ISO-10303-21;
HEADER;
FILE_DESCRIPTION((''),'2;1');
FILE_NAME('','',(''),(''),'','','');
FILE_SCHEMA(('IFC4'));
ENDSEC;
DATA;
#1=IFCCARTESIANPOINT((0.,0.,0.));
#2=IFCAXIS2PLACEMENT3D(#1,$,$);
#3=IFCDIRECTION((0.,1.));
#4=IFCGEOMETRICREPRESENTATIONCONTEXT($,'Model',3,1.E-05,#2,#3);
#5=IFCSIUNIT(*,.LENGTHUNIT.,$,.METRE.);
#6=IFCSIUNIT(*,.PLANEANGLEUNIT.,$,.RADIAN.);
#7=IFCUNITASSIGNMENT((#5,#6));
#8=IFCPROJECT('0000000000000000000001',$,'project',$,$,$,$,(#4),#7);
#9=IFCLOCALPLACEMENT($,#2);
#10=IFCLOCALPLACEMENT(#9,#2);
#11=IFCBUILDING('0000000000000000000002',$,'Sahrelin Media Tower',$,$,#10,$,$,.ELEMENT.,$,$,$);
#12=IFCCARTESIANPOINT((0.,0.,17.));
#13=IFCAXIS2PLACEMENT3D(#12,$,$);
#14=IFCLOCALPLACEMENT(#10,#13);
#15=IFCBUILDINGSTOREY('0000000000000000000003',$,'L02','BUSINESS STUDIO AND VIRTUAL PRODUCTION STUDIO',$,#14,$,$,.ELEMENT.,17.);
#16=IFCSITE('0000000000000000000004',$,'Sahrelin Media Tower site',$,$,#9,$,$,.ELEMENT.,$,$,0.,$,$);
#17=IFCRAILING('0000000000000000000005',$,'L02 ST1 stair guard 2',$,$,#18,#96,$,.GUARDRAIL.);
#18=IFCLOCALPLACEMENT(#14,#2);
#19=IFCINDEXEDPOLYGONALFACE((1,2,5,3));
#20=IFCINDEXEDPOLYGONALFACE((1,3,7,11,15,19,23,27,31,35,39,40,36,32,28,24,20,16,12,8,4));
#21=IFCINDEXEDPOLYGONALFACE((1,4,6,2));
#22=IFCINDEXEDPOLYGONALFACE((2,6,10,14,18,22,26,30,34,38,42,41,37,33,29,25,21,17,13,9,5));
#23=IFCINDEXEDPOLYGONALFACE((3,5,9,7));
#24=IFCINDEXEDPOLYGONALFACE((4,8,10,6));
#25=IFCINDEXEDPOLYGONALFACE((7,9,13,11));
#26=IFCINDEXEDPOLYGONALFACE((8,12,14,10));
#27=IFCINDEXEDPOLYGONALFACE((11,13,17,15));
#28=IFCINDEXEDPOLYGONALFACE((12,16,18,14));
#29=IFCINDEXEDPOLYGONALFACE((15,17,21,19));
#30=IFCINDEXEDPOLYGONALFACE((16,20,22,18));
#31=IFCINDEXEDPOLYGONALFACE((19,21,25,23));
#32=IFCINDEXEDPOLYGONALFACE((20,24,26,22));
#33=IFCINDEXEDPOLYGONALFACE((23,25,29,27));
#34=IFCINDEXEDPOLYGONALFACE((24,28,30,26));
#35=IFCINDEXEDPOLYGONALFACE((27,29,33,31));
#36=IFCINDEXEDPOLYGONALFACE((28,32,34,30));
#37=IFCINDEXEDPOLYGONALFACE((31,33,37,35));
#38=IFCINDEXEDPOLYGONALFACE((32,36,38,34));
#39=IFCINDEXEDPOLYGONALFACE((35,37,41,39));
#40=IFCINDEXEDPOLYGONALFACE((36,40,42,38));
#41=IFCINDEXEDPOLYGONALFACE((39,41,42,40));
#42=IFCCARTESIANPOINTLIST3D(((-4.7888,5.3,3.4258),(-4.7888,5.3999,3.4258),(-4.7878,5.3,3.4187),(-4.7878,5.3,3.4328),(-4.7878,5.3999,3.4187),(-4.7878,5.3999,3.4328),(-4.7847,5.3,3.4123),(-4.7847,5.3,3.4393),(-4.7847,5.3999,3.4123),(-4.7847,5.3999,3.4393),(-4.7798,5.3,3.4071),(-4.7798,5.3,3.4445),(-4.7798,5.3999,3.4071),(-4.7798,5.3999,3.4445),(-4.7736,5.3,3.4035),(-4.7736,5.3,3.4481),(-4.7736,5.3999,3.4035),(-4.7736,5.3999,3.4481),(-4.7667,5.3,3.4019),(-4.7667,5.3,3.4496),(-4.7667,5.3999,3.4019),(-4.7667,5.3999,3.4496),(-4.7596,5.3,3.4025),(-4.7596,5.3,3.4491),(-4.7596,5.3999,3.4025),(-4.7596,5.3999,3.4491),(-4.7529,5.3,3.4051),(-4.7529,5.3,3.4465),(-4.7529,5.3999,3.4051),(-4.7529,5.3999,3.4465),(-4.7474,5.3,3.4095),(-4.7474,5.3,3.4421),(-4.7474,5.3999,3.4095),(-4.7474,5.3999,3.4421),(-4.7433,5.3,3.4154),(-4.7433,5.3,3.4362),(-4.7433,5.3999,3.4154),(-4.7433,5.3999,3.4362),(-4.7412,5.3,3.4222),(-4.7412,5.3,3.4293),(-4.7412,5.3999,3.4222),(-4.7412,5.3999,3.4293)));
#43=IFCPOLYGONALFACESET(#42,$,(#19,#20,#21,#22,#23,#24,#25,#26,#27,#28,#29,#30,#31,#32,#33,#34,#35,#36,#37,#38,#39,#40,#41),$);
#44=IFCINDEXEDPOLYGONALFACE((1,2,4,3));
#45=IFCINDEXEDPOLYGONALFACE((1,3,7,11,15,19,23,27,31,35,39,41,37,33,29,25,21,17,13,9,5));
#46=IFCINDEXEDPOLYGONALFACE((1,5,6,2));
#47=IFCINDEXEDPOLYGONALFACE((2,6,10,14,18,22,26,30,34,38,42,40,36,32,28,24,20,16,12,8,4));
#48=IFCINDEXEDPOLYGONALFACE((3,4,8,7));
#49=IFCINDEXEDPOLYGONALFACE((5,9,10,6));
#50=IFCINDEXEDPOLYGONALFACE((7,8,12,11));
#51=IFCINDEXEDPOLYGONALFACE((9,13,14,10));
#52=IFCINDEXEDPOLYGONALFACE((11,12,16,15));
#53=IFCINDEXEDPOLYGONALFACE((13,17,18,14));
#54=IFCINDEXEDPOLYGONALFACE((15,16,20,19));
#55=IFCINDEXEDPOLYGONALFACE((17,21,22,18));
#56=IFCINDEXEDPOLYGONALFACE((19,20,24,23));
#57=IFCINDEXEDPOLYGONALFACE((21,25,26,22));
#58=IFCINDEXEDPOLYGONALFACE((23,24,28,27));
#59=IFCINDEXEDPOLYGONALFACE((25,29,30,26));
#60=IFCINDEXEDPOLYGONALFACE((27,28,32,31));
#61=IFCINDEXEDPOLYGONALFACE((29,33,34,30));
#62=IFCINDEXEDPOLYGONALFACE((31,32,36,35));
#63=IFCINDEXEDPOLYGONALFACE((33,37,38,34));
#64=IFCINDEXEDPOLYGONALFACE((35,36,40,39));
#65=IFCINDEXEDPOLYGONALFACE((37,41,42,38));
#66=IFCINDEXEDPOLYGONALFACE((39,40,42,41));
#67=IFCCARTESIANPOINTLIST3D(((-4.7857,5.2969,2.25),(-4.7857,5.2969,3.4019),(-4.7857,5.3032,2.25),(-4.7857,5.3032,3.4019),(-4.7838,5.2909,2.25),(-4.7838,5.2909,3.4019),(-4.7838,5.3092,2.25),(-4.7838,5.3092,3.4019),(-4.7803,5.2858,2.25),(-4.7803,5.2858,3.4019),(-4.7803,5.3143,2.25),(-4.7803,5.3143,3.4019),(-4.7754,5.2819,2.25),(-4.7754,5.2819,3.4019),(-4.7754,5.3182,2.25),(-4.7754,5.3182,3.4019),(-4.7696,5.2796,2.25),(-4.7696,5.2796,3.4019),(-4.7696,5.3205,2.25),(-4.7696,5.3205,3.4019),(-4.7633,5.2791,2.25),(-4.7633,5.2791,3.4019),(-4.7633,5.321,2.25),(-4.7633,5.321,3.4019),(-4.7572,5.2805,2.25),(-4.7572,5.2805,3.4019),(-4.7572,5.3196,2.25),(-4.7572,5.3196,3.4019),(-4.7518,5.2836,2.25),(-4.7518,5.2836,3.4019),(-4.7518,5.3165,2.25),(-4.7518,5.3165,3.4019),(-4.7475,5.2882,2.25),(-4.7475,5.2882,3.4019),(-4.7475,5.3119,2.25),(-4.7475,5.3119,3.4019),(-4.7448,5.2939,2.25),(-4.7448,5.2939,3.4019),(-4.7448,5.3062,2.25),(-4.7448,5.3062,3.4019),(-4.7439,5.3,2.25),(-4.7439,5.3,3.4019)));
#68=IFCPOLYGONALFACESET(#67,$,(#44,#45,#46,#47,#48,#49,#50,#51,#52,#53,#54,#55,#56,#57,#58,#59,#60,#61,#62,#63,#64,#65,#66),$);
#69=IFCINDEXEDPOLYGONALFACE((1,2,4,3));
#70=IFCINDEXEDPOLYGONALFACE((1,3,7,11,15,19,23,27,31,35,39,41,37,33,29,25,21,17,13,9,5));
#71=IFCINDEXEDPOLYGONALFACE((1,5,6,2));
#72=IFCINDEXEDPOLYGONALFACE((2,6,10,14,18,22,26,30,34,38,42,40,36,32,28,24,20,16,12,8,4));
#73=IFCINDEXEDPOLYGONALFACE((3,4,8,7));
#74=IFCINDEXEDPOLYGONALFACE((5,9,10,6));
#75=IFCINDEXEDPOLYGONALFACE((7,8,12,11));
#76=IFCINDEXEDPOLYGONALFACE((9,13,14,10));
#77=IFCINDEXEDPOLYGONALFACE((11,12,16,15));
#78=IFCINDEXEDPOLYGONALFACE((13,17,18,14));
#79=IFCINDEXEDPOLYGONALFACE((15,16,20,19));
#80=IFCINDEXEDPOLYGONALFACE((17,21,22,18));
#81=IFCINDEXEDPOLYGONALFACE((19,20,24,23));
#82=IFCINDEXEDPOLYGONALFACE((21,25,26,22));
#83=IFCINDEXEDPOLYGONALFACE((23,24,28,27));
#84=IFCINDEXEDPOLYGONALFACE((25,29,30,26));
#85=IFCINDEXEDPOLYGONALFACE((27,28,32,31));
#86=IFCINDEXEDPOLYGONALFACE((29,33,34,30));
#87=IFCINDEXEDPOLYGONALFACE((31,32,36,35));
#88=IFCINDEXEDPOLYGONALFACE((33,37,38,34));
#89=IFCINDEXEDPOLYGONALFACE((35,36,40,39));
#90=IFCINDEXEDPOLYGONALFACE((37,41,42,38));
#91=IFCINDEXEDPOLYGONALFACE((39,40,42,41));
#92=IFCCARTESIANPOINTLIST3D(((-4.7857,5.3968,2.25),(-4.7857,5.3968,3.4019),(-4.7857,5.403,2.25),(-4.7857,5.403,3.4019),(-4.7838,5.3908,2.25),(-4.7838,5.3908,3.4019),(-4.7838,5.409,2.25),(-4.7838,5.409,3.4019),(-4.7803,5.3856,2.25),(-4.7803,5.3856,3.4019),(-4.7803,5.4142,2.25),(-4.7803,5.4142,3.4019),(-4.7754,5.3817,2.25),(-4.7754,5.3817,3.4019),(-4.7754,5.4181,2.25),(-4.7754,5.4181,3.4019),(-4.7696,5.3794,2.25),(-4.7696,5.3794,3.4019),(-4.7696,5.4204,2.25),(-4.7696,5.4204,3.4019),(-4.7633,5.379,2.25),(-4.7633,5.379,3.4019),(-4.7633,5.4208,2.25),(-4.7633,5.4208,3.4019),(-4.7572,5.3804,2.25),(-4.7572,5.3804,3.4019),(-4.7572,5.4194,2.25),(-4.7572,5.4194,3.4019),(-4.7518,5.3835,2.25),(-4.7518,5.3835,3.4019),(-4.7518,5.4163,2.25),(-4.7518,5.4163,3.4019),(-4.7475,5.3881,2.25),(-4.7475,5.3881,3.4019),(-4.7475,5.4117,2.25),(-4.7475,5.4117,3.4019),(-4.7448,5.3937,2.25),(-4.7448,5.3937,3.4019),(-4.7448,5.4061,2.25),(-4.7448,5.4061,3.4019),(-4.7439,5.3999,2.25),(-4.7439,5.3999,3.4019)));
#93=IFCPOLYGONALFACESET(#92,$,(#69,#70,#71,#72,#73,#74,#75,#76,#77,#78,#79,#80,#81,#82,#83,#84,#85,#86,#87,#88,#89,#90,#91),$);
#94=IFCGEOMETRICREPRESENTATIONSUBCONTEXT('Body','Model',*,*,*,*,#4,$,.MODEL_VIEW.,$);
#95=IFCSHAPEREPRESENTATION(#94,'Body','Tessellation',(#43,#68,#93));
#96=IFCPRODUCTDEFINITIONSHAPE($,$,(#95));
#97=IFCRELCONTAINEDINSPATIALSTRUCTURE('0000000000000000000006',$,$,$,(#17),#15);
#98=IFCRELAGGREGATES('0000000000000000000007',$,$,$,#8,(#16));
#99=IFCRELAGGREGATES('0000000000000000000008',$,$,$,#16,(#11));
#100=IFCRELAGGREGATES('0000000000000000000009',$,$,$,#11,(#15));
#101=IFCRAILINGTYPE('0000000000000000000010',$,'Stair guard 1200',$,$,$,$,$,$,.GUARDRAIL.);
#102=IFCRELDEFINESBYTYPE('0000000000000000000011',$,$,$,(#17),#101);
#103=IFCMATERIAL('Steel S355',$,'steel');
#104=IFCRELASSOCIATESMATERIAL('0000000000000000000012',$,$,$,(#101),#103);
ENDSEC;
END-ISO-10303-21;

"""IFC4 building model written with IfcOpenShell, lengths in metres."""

from ifc_helpers import new_model, si_unit, direction, frame, origin, origin_2d, place, context, subcontext, project, spatial, circle, extrude, material, type_object, element, save


model = new_model("IFC4")

# Units and contexts
model_context = context("Model", 3, precision=1e-05, world=origin(), true_north=direction((0.0, 1.0)))
body_context = subcontext(model_context, "Body", "Model", "MODEL_VIEW")
ifc_project = project(units=[si_unit("LENGTHUNIT", "METRE"), si_unit("PLANEANGLEUNIT", "RADIAN")], contexts=[model_context])

# Site, building, storey
site_placement = place(None, origin())
site = spatial("IfcSite", under=ifc_project, at=site_placement, Name="Sahrelin Media Tower site", CompositionType="ELEMENT", RefElevation=0.0)
building_placement = place(site_placement, origin())
building = spatial("IfcBuilding", under=site, at=building_placement, Name="Sahrelin Media Tower", CompositionType="ELEMENT")
storey_placement = place(building_placement, frame((0.0, 0.0, 17.0)))
storey = spatial("IfcBuildingStorey", under=building, at=storey_placement, Name="L02", Description="BUSINESS STUDIO AND VIRTUAL PRODUCTION STUDIO", CompositionType="ELEMENT", Elevation=17.0)

# Railing
ifc_material_1 = material(Name="Steel S355", Category="steel")
railing_type_1 = type_object("IfcRailingType", Name="Stair guard 1200", PredefinedType="GUARDRAIL", material=ifc_material_1)
railing_1_placement = place(storey_placement, frame((-4.7649, 5.3, 2.25)))
element("IfcRailing", 1, at=railing_1_placement, inside=storey, type_object=railing_type_1, Name="L02 ST1 stair guard 2", PredefinedType="GUARDRAIL", context=body_context, shape_type="SweptSolid", body=[
    extrude(circle(Radius=0.0239, at=origin_2d()), frame((0.0, 0.0, 1.1758), z_axis=(0.0, 1.0, 0.0), x_axis=(-1.0, 0.0, 0.0)), (0.0, 0.0, 1.0), 0.0999),
    extrude(circle(Radius=0.021, at=origin_2d()), origin(), (0.0, 0.0, 1.0), 1.1519),
    extrude(circle(Radius=0.021, at=origin_2d()), frame((0.0, 0.0999, 0.0)), (0.0, 0.0, 1.0), 1.1519),
])

save(model, "model.ifc")
